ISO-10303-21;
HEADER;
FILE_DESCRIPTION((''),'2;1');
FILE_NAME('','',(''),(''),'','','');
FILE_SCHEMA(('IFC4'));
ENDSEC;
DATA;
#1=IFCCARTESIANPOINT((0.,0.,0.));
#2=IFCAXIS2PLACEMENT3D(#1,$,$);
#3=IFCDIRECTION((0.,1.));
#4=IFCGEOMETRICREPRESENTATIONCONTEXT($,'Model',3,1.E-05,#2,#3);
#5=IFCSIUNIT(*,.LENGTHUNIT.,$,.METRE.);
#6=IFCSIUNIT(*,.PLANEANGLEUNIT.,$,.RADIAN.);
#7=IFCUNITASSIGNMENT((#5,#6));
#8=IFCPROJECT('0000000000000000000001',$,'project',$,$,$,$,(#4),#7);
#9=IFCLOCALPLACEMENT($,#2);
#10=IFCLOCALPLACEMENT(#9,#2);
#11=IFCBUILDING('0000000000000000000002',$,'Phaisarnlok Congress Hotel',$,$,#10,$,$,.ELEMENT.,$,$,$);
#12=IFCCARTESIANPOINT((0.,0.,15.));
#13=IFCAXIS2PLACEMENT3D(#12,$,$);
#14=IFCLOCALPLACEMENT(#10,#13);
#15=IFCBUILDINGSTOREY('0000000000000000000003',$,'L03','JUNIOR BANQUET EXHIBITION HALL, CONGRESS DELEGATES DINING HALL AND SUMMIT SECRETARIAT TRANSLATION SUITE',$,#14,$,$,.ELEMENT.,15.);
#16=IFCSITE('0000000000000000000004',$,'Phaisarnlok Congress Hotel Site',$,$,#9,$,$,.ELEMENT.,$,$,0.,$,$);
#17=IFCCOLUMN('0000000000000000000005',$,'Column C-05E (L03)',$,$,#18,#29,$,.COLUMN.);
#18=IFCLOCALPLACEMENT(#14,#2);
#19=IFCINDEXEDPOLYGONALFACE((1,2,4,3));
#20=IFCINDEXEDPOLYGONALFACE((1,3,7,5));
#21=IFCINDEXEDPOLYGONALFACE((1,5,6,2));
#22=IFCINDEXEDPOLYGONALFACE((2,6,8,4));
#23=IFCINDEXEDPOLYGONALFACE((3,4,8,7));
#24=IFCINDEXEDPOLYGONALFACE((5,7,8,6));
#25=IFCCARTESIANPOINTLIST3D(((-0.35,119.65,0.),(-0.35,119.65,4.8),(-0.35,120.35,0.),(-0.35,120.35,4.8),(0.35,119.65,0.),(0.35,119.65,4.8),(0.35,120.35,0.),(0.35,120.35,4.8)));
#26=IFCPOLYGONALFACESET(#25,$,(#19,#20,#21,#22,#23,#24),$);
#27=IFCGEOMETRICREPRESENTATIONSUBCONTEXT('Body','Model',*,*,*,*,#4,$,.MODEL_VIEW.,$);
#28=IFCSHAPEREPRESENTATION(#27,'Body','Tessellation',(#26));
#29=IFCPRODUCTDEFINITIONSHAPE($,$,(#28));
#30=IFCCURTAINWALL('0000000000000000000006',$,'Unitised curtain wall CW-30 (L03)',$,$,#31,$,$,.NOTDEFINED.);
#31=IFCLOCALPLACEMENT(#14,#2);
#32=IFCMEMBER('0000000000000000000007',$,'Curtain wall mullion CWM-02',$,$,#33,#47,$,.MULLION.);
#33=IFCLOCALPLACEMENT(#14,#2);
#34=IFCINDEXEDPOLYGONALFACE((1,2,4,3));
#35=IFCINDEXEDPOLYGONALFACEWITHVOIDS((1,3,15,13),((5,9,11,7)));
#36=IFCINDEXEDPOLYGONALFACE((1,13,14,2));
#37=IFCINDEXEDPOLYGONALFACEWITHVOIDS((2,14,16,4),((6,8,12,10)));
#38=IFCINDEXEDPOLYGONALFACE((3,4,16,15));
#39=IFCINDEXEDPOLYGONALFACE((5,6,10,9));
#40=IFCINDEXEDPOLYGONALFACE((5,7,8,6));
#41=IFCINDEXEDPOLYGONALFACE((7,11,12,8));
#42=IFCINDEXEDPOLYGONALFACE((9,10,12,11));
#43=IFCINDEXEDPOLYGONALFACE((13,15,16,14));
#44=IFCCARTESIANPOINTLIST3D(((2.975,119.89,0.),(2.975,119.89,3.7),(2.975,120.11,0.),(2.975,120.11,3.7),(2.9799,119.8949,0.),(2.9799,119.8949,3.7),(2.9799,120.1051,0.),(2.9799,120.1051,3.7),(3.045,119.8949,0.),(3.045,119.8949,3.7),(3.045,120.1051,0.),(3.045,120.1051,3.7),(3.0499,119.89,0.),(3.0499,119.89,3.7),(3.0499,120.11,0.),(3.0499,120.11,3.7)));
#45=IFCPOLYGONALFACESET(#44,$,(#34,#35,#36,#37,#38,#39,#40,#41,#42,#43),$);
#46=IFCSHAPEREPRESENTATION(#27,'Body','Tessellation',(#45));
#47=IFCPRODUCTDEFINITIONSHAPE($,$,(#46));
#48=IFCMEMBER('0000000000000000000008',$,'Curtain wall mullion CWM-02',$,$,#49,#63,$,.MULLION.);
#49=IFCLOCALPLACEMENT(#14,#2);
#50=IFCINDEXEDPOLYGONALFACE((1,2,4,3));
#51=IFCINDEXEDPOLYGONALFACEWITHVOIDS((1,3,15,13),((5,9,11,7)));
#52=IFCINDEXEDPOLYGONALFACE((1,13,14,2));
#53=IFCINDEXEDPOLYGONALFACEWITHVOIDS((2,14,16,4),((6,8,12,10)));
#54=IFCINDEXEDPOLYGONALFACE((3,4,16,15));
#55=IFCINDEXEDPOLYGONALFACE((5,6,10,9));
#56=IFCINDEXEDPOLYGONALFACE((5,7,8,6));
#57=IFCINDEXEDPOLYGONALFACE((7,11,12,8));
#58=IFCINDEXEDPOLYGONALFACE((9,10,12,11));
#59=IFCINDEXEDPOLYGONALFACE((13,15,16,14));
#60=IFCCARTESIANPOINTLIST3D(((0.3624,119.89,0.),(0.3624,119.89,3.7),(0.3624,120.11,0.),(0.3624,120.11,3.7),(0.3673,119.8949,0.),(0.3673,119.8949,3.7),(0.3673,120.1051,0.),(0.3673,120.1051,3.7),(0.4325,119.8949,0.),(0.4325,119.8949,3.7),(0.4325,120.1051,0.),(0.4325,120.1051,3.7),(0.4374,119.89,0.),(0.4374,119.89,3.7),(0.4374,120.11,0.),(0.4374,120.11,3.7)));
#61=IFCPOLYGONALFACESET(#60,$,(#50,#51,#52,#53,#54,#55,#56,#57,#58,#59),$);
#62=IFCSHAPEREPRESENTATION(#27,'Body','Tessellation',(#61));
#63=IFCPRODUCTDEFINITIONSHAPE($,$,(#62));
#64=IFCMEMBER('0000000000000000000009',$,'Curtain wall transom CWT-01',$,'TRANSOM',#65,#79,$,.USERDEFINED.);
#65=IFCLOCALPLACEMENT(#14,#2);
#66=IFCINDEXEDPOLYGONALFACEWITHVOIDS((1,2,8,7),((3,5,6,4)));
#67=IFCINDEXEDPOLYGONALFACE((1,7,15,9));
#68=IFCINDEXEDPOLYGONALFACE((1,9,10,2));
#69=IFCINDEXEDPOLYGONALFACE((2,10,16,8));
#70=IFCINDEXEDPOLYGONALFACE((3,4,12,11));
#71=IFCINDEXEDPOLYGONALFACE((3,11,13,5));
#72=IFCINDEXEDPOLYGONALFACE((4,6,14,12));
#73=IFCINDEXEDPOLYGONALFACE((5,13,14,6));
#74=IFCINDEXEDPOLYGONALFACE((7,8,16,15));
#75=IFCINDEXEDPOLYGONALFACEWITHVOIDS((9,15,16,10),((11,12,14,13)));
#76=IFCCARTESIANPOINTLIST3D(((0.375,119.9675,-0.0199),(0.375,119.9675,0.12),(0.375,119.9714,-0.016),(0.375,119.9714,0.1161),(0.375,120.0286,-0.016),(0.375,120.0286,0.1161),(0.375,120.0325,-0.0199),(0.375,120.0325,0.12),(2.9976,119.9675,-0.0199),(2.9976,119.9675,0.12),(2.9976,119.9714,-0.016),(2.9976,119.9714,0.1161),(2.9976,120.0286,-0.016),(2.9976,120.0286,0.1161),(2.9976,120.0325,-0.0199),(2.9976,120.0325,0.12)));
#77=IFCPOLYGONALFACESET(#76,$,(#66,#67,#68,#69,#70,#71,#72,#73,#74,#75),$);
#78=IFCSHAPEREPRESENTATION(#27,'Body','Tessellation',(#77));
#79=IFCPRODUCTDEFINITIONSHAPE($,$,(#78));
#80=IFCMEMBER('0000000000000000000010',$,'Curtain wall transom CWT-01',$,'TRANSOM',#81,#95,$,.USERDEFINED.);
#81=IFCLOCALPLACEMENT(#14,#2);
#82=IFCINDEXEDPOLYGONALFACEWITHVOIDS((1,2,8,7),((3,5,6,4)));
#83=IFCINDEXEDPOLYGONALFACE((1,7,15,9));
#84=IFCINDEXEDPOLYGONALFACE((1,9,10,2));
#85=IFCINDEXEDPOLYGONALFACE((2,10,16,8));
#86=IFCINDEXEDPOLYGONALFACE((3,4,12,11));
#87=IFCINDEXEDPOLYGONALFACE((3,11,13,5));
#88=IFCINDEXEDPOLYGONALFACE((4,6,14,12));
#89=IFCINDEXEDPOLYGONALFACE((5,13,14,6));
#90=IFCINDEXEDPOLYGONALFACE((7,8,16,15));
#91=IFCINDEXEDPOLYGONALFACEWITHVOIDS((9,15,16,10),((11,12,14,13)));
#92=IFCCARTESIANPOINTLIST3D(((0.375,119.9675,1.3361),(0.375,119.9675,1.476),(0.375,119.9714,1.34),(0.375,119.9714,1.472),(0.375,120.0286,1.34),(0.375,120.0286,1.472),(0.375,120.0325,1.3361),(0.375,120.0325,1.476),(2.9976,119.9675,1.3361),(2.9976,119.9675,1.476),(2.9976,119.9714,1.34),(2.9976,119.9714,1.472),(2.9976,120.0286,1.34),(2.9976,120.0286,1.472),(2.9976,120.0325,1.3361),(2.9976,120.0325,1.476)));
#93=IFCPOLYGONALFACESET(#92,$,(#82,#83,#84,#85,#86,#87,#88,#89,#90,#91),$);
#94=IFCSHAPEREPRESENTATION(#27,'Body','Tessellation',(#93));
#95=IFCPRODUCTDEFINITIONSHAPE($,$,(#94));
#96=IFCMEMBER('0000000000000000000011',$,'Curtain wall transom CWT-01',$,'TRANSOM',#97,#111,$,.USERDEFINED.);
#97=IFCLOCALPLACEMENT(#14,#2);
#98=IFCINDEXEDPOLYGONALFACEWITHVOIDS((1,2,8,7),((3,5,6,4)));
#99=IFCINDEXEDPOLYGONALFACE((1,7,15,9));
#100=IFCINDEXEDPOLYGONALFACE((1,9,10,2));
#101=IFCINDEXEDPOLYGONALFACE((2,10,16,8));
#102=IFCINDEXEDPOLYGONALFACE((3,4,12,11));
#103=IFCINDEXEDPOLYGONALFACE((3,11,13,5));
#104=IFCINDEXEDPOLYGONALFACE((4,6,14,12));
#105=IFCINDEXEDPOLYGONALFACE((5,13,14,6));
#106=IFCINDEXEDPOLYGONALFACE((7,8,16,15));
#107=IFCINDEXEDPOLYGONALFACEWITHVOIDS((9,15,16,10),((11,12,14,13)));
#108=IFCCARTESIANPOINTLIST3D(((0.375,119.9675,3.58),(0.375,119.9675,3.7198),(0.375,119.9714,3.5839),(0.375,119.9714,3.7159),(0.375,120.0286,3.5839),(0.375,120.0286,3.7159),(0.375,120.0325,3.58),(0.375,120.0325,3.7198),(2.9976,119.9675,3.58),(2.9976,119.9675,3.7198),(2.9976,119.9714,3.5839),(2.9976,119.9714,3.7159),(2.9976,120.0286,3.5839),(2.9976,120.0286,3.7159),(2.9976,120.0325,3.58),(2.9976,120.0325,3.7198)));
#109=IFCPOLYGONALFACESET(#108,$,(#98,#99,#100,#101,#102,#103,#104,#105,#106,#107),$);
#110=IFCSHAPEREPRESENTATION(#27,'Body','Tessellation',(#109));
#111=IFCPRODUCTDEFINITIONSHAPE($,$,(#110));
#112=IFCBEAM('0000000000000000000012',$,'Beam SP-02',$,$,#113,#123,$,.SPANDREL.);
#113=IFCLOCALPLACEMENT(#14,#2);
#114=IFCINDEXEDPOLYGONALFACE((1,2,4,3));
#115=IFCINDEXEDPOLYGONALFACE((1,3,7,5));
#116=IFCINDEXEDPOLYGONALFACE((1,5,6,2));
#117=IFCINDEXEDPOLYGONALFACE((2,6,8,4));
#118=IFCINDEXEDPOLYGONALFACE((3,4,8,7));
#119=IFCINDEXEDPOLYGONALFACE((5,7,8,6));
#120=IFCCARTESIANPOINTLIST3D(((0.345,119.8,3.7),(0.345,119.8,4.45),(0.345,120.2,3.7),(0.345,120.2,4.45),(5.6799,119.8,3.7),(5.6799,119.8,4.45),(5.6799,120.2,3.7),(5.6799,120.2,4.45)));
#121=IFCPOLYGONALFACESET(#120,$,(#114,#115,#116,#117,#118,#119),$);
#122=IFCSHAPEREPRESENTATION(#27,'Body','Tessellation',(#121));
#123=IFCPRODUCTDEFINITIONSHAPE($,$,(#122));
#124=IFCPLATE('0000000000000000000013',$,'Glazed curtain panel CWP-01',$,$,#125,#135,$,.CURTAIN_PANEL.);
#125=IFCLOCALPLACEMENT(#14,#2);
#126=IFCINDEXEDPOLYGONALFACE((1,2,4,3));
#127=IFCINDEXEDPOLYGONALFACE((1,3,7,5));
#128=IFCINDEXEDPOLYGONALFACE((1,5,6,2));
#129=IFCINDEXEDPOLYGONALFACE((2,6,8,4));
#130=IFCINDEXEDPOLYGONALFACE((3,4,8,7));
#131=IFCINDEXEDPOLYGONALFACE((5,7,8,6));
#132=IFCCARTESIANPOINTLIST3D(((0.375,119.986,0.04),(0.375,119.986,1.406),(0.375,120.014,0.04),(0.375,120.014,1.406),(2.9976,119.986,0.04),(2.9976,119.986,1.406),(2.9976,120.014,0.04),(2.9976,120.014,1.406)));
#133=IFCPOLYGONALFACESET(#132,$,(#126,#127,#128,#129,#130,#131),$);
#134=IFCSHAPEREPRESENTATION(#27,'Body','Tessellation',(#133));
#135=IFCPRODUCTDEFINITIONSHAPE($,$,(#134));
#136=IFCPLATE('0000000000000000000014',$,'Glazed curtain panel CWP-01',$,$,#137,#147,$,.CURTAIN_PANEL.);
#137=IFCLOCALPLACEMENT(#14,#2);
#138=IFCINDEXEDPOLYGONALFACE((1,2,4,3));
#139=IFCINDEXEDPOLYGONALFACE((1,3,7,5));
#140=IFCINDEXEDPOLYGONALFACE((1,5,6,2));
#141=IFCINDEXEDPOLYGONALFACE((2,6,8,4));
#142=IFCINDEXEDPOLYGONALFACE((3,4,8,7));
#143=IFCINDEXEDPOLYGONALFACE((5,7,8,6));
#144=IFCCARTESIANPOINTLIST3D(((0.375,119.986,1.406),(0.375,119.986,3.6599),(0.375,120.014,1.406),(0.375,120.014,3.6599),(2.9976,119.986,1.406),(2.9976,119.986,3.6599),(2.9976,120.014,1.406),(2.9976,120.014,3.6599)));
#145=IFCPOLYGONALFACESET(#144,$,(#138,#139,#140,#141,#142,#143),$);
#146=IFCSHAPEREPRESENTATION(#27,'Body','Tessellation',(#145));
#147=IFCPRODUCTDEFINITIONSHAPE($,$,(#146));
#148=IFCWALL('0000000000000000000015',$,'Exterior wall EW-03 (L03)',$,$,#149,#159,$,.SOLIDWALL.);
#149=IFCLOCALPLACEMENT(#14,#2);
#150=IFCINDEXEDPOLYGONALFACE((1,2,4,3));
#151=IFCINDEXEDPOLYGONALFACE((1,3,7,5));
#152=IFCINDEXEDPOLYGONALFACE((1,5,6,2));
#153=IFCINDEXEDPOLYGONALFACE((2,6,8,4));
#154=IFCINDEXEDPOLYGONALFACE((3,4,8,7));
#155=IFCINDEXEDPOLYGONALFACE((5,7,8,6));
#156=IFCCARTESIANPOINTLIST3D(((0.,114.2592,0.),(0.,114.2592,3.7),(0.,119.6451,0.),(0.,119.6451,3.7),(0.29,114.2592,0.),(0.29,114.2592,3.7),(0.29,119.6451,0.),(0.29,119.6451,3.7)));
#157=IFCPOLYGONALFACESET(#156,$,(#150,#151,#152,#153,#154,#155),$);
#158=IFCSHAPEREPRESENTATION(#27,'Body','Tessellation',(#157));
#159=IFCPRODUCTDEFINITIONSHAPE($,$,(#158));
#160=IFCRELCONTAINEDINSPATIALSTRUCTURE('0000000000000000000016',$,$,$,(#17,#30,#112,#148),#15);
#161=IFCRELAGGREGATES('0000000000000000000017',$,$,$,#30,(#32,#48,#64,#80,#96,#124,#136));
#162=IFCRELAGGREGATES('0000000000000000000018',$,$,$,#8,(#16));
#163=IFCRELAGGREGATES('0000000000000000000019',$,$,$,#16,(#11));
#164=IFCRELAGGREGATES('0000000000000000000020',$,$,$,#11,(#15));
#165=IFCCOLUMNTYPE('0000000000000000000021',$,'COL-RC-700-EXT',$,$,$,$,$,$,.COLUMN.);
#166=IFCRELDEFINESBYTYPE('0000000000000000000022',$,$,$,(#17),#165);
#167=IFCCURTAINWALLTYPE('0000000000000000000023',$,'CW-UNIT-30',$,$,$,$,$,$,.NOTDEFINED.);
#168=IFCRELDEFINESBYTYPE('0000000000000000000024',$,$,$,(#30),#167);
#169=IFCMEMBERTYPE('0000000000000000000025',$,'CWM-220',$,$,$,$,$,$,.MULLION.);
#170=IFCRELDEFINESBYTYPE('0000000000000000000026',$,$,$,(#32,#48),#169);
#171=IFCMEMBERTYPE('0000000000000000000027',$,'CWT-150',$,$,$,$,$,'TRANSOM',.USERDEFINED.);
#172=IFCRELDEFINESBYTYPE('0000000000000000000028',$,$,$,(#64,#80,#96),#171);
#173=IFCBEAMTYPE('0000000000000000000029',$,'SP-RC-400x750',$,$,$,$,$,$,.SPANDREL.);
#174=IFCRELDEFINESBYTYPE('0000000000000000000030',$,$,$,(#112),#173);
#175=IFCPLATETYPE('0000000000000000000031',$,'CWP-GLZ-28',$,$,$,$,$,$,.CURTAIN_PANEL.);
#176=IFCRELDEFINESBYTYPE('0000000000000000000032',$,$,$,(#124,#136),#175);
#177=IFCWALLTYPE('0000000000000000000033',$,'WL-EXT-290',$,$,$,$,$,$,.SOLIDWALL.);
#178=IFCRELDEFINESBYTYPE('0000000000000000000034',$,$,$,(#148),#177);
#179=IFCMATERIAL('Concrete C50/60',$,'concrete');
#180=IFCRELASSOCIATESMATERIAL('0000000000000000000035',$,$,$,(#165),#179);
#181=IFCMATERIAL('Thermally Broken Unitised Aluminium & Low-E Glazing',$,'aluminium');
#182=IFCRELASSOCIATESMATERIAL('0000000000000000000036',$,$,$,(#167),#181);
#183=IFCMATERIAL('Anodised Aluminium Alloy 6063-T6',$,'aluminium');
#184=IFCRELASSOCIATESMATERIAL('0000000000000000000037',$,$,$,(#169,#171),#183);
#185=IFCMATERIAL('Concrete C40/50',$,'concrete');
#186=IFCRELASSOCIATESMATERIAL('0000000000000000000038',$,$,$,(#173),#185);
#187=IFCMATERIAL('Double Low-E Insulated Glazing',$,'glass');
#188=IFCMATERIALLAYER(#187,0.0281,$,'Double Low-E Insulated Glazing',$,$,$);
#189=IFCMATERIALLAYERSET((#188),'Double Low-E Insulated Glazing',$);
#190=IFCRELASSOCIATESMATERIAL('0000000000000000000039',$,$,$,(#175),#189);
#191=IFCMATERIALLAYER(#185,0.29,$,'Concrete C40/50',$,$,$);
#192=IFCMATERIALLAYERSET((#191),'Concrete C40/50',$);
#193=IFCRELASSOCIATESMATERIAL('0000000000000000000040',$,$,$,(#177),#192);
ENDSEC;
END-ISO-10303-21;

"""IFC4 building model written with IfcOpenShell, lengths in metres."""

from ifc_helpers import new_model, si_unit, direction, frame, frame_2d, origin, origin_2d, place, context, subcontext, project, spatial, rectangle, hollow_rectangle, extrude, material, layer, layer_set, material_profile, profile_set, type_object, element, aggregate, save


model = new_model("IFC4")

# Units and contexts
model_context = context("Model", 3, precision=1e-05, world=origin(), true_north=direction((0.0, 1.0)))
body_context = subcontext(model_context, "Body", "Model", "MODEL_VIEW")
ifc_project = project(units=[si_unit("LENGTHUNIT", "METRE"), si_unit("PLANEANGLEUNIT", "RADIAN")], contexts=[model_context])

# Site, building, storey
site_placement = place(None, origin())
site = spatial("IfcSite", under=ifc_project, at=site_placement, Name="Phaisarnlok Congress Hotel Site", CompositionType="ELEMENT", RefElevation=0.0)
building_placement = place(site_placement, origin())
building = spatial("IfcBuilding", under=site, at=building_placement, Name="Phaisarnlok Congress Hotel", CompositionType="ELEMENT")
storey_placement = place(building_placement, frame((0.0, 0.0, 15.0)))
storey = spatial("IfcBuildingStorey", under=building, at=storey_placement, Name="L03", Description="JUNIOR BANQUET EXHIBITION HALL, CONGRESS DELEGATES DINING HALL AND SUMMIT SECRETARIAT TRANSLATION SUITE", CompositionType="ELEMENT", Elevation=15.0)

# Column
ifc_material_1 = material(Name="Concrete C50/60", Category="concrete")
ifc_material_profile_1 = material_profile(ifc_material_1, rectangle(XDim=0.7, YDim=0.7, at=origin_2d()), Name="RC 700x700")
ifc_profile_set_1 = profile_set([ifc_material_profile_1], Name="Concrete C50/60")
column_type = type_object("IfcColumnType", Name="COL-RC-700-EXT", PredefinedType="COLUMN", material=ifc_profile_set_1)
column_placement = place(storey_placement, frame((0.0, 120.0, 0.0), z_axis=(0.0, 0.0, 1.0), x_axis=(1.0, 0.0, 0.0)))
element("IfcColumn", 1, at=column_placement, inside=storey, type_object=column_type, Name="Column C-05E (L03)", PredefinedType="COLUMN", context=body_context, shape_type="SweptSolid", body=[
    extrude(rectangle(XDim=0.7, YDim=0.7, at=origin_2d()), origin(), (0.0, 0.0, 1.0), 4.8),
])

# Curtain wall, members
ifc_material_2 = material(Name="Thermally Broken Unitised Aluminium & Low-E Glazing", Category="aluminium")
curtain_wall_type = type_object("IfcCurtainWallType", Name="CW-UNIT-30", PredefinedType="NOTDEFINED", material=ifc_material_2)
curtain_wall_placement = place(storey_placement, origin())
curtain_wall = element("IfcCurtainWall", 2, at=curtain_wall_placement, inside=storey, type_object=curtain_wall_type, Name="Unitised curtain wall CW-30 (L03)", PredefinedType="NOTDEFINED")
ifc_material_3 = material(Name="Anodised Aluminium Alloy 6063-T6", Category="aluminium")
ifc_material_profile_2 = material_profile(ifc_material_3, hollow_rectangle(XDim=0.075, YDim=0.22, WallThickness=0.0049, at=origin_2d()), Name="ALU-M 75x220x5")
ifc_profile_set_2 = profile_set([ifc_material_profile_2], Name="Anodised Aluminium Alloy 6063-T6")
member_type_1 = type_object("IfcMemberType", Name="CWM-220", PredefinedType="MULLION", material=ifc_profile_set_2)
member_1_placement = place(storey_placement, frame((3.0125, 120.0, 0.0), z_axis=(0.0, 0.0, 1.0), x_axis=(-1.0, 0.0, 0.0)))
member_1 = element("IfcMember", 3, at=member_1_placement, type_object=member_type_1, Name="Curtain wall mullion CWM-02", PredefinedType="MULLION", context=body_context, shape_type="SweptSolid", body=[
    extrude(hollow_rectangle(XDim=0.075, YDim=0.22, WallThickness=0.0049, at=origin_2d()), origin(), (0.0, 0.0, 1.0), 3.7),
])
member_2_placement = place(storey_placement, frame((0.3999, 120.0, 0.0), z_axis=(0.0, 0.0, 1.0), x_axis=(-1.0, 0.0, 0.0)))
member_2 = element("IfcMember", 4, at=member_2_placement, type_object=member_type_1, Name="Curtain wall mullion CWM-02", PredefinedType="MULLION", context=body_context, shape_type="SweptSolid", body=[
    extrude(hollow_rectangle(XDim=0.075, YDim=0.22, WallThickness=0.0049, at=origin_2d()), origin(), (0.0, 0.0, 1.0), 3.7),
])
ifc_material_profile_3 = material_profile(ifc_material_3, hollow_rectangle(XDim=0.0649, YDim=0.1399, WallThickness=0.0039, at=origin_2d()), Name="ALU-T 65x140x4")
ifc_profile_set_3 = profile_set([ifc_material_profile_3], Name="Anodised Aluminium Alloy 6063-T6")
member_type_2 = type_object("IfcMemberType", Name="CWT-150", ElementType="TRANSOM", PredefinedType="USERDEFINED", material=ifc_profile_set_3)
member_3_placement = place(storey_placement, frame((2.9976, 120.0, 0.05), z_axis=(-1.0, 0.0, 0.0), x_axis=(0.0, -1.0, 0.0)))
member_3 = element("IfcMember", 5, at=member_3_placement, type_object=member_type_2, Name="Curtain wall transom CWT-01", ObjectType="TRANSOM", PredefinedType="USERDEFINED", context=body_context, shape_type="SweptSolid", body=[
    extrude(hollow_rectangle(XDim=0.0649, YDim=0.1399, WallThickness=0.0039, at=origin_2d()), origin(), (0.0, 0.0, 1.0), 2.6226),
])
member_4_placement = place(storey_placement, frame((2.9976, 120.0, 1.406), z_axis=(-1.0, 0.0, 0.0), x_axis=(0.0, -1.0, 0.0)))
member_4 = element("IfcMember", 6, at=member_4_placement, type_object=member_type_2, Name="Curtain wall transom CWT-01", ObjectType="TRANSOM", PredefinedType="USERDEFINED", context=body_context, shape_type="SweptSolid", body=[
    extrude(hollow_rectangle(XDim=0.0649, YDim=0.1399, WallThickness=0.0039, at=origin_2d()), origin(), (0.0, 0.0, 1.0), 2.6226),
])
member_5_placement = place(storey_placement, frame((2.9976, 120.0, 3.6499), z_axis=(-1.0, 0.0, 0.0), x_axis=(0.0, -1.0, 0.0)))
member_5 = element("IfcMember", 7, at=member_5_placement, type_object=member_type_2, Name="Curtain wall transom CWT-01", ObjectType="TRANSOM", PredefinedType="USERDEFINED", context=body_context, shape_type="SweptSolid", body=[
    extrude(hollow_rectangle(XDim=0.0649, YDim=0.1399, WallThickness=0.0039, at=origin_2d()), origin(), (0.0, 0.0, 1.0), 2.6226),
])

# Beam
ifc_material_4 = material(Name="Concrete C40/50", Category="concrete")
ifc_material_profile_4 = material_profile(ifc_material_4, rectangle(XDim=0.3999, YDim=0.75, at=origin_2d()), Name="RC 400x750")
ifc_profile_set_4 = profile_set([ifc_material_profile_4], Name="Concrete C40/50")
beam_type = type_object("IfcBeamType", Name="SP-RC-400x750", PredefinedType="SPANDREL", material=ifc_profile_set_4)
beam_placement = place(storey_placement, frame((0.345, 120.0, 4.075), z_axis=(1.0, 0.0, 0.0), x_axis=(0.0, 1.0, 0.0)))
element("IfcBeam", 8, at=beam_placement, inside=storey, type_object=beam_type, Name="Beam SP-02", PredefinedType="SPANDREL", context=body_context, shape_type="SweptSolid", body=[
    extrude(rectangle(XDim=0.3999, YDim=0.75, at=origin_2d()), origin(), (0.0, 0.0, 1.0), 5.335),
])

# Plates
ifc_material_5 = material(Name="Double Low-E Insulated Glazing", Category="glass")
ifc_layer_1 = layer(ifc_material_5, 0.0281, Name="Double Low-E Insulated Glazing")
ifc_layer_set_1 = layer_set([ifc_layer_1], Name="Double Low-E Insulated Glazing")
plate_type = type_object("IfcPlateType", Name="CWP-GLZ-28", PredefinedType="CURTAIN_PANEL", material=ifc_layer_set_1)
plate_1_placement = place(storey_placement, frame((2.9976, 120.0, 0.04), z_axis=(0.0, 0.0, 1.0), x_axis=(-1.0, 0.0, 0.0)))
plate_1 = element("IfcPlate", 9, at=plate_1_placement, type_object=plate_type, Name="Glazed curtain panel CWP-01", PredefinedType="CURTAIN_PANEL", context=body_context, shape_type="SweptSolid", body=[
    extrude(rectangle(XDim=2.6226, YDim=0.0281, at=frame_2d((1.3113, 0.0))), origin(), (0.0, 0.0, 1.0), 1.366),
])
plate_2_placement = place(storey_placement, frame((2.9976, 120.0, 1.406), z_axis=(0.0, 0.0, 1.0), x_axis=(-1.0, 0.0, 0.0)))
plate_2 = element("IfcPlate", 10, at=plate_2_placement, type_object=plate_type, Name="Glazed curtain panel CWP-01", PredefinedType="CURTAIN_PANEL", context=body_context, shape_type="SweptSolid", body=[
    extrude(rectangle(XDim=2.6226, YDim=0.0281, at=frame_2d((1.3113, 0.0))), origin(), (0.0, 0.0, 1.0), 2.2539),
])
aggregate(curtain_wall, [member_1, member_2, member_3, member_4, member_5, plate_1, plate_2])

# Wall
ifc_layer_2 = layer(ifc_material_4, 0.29, Name="Concrete C40/50")
ifc_layer_set_2 = layer_set([ifc_layer_2], Name="Concrete C40/50")
wall_type = type_object("IfcWallType", Name="WL-EXT-290", PredefinedType="SOLIDWALL", material=ifc_layer_set_2)
wall_placement = place(storey_placement, frame((0.145, 119.645, 0.0), z_axis=(0.0, 0.0, 1.0), x_axis=(0.0, -1.0, 0.0)))
element("IfcWall", 11, at=wall_placement, inside=storey, type_object=wall_type, Name="Exterior wall EW-03 (L03)", PredefinedType="SOLIDWALL", context=body_context, shape_type="SweptSolid", body=[
    extrude(rectangle(XDim=5.386, YDim=0.29, at=frame_2d((2.6929, 0.0))), origin(), (0.0, 0.0, 1.0), 3.7),
])

save(model, "model.ifc")
